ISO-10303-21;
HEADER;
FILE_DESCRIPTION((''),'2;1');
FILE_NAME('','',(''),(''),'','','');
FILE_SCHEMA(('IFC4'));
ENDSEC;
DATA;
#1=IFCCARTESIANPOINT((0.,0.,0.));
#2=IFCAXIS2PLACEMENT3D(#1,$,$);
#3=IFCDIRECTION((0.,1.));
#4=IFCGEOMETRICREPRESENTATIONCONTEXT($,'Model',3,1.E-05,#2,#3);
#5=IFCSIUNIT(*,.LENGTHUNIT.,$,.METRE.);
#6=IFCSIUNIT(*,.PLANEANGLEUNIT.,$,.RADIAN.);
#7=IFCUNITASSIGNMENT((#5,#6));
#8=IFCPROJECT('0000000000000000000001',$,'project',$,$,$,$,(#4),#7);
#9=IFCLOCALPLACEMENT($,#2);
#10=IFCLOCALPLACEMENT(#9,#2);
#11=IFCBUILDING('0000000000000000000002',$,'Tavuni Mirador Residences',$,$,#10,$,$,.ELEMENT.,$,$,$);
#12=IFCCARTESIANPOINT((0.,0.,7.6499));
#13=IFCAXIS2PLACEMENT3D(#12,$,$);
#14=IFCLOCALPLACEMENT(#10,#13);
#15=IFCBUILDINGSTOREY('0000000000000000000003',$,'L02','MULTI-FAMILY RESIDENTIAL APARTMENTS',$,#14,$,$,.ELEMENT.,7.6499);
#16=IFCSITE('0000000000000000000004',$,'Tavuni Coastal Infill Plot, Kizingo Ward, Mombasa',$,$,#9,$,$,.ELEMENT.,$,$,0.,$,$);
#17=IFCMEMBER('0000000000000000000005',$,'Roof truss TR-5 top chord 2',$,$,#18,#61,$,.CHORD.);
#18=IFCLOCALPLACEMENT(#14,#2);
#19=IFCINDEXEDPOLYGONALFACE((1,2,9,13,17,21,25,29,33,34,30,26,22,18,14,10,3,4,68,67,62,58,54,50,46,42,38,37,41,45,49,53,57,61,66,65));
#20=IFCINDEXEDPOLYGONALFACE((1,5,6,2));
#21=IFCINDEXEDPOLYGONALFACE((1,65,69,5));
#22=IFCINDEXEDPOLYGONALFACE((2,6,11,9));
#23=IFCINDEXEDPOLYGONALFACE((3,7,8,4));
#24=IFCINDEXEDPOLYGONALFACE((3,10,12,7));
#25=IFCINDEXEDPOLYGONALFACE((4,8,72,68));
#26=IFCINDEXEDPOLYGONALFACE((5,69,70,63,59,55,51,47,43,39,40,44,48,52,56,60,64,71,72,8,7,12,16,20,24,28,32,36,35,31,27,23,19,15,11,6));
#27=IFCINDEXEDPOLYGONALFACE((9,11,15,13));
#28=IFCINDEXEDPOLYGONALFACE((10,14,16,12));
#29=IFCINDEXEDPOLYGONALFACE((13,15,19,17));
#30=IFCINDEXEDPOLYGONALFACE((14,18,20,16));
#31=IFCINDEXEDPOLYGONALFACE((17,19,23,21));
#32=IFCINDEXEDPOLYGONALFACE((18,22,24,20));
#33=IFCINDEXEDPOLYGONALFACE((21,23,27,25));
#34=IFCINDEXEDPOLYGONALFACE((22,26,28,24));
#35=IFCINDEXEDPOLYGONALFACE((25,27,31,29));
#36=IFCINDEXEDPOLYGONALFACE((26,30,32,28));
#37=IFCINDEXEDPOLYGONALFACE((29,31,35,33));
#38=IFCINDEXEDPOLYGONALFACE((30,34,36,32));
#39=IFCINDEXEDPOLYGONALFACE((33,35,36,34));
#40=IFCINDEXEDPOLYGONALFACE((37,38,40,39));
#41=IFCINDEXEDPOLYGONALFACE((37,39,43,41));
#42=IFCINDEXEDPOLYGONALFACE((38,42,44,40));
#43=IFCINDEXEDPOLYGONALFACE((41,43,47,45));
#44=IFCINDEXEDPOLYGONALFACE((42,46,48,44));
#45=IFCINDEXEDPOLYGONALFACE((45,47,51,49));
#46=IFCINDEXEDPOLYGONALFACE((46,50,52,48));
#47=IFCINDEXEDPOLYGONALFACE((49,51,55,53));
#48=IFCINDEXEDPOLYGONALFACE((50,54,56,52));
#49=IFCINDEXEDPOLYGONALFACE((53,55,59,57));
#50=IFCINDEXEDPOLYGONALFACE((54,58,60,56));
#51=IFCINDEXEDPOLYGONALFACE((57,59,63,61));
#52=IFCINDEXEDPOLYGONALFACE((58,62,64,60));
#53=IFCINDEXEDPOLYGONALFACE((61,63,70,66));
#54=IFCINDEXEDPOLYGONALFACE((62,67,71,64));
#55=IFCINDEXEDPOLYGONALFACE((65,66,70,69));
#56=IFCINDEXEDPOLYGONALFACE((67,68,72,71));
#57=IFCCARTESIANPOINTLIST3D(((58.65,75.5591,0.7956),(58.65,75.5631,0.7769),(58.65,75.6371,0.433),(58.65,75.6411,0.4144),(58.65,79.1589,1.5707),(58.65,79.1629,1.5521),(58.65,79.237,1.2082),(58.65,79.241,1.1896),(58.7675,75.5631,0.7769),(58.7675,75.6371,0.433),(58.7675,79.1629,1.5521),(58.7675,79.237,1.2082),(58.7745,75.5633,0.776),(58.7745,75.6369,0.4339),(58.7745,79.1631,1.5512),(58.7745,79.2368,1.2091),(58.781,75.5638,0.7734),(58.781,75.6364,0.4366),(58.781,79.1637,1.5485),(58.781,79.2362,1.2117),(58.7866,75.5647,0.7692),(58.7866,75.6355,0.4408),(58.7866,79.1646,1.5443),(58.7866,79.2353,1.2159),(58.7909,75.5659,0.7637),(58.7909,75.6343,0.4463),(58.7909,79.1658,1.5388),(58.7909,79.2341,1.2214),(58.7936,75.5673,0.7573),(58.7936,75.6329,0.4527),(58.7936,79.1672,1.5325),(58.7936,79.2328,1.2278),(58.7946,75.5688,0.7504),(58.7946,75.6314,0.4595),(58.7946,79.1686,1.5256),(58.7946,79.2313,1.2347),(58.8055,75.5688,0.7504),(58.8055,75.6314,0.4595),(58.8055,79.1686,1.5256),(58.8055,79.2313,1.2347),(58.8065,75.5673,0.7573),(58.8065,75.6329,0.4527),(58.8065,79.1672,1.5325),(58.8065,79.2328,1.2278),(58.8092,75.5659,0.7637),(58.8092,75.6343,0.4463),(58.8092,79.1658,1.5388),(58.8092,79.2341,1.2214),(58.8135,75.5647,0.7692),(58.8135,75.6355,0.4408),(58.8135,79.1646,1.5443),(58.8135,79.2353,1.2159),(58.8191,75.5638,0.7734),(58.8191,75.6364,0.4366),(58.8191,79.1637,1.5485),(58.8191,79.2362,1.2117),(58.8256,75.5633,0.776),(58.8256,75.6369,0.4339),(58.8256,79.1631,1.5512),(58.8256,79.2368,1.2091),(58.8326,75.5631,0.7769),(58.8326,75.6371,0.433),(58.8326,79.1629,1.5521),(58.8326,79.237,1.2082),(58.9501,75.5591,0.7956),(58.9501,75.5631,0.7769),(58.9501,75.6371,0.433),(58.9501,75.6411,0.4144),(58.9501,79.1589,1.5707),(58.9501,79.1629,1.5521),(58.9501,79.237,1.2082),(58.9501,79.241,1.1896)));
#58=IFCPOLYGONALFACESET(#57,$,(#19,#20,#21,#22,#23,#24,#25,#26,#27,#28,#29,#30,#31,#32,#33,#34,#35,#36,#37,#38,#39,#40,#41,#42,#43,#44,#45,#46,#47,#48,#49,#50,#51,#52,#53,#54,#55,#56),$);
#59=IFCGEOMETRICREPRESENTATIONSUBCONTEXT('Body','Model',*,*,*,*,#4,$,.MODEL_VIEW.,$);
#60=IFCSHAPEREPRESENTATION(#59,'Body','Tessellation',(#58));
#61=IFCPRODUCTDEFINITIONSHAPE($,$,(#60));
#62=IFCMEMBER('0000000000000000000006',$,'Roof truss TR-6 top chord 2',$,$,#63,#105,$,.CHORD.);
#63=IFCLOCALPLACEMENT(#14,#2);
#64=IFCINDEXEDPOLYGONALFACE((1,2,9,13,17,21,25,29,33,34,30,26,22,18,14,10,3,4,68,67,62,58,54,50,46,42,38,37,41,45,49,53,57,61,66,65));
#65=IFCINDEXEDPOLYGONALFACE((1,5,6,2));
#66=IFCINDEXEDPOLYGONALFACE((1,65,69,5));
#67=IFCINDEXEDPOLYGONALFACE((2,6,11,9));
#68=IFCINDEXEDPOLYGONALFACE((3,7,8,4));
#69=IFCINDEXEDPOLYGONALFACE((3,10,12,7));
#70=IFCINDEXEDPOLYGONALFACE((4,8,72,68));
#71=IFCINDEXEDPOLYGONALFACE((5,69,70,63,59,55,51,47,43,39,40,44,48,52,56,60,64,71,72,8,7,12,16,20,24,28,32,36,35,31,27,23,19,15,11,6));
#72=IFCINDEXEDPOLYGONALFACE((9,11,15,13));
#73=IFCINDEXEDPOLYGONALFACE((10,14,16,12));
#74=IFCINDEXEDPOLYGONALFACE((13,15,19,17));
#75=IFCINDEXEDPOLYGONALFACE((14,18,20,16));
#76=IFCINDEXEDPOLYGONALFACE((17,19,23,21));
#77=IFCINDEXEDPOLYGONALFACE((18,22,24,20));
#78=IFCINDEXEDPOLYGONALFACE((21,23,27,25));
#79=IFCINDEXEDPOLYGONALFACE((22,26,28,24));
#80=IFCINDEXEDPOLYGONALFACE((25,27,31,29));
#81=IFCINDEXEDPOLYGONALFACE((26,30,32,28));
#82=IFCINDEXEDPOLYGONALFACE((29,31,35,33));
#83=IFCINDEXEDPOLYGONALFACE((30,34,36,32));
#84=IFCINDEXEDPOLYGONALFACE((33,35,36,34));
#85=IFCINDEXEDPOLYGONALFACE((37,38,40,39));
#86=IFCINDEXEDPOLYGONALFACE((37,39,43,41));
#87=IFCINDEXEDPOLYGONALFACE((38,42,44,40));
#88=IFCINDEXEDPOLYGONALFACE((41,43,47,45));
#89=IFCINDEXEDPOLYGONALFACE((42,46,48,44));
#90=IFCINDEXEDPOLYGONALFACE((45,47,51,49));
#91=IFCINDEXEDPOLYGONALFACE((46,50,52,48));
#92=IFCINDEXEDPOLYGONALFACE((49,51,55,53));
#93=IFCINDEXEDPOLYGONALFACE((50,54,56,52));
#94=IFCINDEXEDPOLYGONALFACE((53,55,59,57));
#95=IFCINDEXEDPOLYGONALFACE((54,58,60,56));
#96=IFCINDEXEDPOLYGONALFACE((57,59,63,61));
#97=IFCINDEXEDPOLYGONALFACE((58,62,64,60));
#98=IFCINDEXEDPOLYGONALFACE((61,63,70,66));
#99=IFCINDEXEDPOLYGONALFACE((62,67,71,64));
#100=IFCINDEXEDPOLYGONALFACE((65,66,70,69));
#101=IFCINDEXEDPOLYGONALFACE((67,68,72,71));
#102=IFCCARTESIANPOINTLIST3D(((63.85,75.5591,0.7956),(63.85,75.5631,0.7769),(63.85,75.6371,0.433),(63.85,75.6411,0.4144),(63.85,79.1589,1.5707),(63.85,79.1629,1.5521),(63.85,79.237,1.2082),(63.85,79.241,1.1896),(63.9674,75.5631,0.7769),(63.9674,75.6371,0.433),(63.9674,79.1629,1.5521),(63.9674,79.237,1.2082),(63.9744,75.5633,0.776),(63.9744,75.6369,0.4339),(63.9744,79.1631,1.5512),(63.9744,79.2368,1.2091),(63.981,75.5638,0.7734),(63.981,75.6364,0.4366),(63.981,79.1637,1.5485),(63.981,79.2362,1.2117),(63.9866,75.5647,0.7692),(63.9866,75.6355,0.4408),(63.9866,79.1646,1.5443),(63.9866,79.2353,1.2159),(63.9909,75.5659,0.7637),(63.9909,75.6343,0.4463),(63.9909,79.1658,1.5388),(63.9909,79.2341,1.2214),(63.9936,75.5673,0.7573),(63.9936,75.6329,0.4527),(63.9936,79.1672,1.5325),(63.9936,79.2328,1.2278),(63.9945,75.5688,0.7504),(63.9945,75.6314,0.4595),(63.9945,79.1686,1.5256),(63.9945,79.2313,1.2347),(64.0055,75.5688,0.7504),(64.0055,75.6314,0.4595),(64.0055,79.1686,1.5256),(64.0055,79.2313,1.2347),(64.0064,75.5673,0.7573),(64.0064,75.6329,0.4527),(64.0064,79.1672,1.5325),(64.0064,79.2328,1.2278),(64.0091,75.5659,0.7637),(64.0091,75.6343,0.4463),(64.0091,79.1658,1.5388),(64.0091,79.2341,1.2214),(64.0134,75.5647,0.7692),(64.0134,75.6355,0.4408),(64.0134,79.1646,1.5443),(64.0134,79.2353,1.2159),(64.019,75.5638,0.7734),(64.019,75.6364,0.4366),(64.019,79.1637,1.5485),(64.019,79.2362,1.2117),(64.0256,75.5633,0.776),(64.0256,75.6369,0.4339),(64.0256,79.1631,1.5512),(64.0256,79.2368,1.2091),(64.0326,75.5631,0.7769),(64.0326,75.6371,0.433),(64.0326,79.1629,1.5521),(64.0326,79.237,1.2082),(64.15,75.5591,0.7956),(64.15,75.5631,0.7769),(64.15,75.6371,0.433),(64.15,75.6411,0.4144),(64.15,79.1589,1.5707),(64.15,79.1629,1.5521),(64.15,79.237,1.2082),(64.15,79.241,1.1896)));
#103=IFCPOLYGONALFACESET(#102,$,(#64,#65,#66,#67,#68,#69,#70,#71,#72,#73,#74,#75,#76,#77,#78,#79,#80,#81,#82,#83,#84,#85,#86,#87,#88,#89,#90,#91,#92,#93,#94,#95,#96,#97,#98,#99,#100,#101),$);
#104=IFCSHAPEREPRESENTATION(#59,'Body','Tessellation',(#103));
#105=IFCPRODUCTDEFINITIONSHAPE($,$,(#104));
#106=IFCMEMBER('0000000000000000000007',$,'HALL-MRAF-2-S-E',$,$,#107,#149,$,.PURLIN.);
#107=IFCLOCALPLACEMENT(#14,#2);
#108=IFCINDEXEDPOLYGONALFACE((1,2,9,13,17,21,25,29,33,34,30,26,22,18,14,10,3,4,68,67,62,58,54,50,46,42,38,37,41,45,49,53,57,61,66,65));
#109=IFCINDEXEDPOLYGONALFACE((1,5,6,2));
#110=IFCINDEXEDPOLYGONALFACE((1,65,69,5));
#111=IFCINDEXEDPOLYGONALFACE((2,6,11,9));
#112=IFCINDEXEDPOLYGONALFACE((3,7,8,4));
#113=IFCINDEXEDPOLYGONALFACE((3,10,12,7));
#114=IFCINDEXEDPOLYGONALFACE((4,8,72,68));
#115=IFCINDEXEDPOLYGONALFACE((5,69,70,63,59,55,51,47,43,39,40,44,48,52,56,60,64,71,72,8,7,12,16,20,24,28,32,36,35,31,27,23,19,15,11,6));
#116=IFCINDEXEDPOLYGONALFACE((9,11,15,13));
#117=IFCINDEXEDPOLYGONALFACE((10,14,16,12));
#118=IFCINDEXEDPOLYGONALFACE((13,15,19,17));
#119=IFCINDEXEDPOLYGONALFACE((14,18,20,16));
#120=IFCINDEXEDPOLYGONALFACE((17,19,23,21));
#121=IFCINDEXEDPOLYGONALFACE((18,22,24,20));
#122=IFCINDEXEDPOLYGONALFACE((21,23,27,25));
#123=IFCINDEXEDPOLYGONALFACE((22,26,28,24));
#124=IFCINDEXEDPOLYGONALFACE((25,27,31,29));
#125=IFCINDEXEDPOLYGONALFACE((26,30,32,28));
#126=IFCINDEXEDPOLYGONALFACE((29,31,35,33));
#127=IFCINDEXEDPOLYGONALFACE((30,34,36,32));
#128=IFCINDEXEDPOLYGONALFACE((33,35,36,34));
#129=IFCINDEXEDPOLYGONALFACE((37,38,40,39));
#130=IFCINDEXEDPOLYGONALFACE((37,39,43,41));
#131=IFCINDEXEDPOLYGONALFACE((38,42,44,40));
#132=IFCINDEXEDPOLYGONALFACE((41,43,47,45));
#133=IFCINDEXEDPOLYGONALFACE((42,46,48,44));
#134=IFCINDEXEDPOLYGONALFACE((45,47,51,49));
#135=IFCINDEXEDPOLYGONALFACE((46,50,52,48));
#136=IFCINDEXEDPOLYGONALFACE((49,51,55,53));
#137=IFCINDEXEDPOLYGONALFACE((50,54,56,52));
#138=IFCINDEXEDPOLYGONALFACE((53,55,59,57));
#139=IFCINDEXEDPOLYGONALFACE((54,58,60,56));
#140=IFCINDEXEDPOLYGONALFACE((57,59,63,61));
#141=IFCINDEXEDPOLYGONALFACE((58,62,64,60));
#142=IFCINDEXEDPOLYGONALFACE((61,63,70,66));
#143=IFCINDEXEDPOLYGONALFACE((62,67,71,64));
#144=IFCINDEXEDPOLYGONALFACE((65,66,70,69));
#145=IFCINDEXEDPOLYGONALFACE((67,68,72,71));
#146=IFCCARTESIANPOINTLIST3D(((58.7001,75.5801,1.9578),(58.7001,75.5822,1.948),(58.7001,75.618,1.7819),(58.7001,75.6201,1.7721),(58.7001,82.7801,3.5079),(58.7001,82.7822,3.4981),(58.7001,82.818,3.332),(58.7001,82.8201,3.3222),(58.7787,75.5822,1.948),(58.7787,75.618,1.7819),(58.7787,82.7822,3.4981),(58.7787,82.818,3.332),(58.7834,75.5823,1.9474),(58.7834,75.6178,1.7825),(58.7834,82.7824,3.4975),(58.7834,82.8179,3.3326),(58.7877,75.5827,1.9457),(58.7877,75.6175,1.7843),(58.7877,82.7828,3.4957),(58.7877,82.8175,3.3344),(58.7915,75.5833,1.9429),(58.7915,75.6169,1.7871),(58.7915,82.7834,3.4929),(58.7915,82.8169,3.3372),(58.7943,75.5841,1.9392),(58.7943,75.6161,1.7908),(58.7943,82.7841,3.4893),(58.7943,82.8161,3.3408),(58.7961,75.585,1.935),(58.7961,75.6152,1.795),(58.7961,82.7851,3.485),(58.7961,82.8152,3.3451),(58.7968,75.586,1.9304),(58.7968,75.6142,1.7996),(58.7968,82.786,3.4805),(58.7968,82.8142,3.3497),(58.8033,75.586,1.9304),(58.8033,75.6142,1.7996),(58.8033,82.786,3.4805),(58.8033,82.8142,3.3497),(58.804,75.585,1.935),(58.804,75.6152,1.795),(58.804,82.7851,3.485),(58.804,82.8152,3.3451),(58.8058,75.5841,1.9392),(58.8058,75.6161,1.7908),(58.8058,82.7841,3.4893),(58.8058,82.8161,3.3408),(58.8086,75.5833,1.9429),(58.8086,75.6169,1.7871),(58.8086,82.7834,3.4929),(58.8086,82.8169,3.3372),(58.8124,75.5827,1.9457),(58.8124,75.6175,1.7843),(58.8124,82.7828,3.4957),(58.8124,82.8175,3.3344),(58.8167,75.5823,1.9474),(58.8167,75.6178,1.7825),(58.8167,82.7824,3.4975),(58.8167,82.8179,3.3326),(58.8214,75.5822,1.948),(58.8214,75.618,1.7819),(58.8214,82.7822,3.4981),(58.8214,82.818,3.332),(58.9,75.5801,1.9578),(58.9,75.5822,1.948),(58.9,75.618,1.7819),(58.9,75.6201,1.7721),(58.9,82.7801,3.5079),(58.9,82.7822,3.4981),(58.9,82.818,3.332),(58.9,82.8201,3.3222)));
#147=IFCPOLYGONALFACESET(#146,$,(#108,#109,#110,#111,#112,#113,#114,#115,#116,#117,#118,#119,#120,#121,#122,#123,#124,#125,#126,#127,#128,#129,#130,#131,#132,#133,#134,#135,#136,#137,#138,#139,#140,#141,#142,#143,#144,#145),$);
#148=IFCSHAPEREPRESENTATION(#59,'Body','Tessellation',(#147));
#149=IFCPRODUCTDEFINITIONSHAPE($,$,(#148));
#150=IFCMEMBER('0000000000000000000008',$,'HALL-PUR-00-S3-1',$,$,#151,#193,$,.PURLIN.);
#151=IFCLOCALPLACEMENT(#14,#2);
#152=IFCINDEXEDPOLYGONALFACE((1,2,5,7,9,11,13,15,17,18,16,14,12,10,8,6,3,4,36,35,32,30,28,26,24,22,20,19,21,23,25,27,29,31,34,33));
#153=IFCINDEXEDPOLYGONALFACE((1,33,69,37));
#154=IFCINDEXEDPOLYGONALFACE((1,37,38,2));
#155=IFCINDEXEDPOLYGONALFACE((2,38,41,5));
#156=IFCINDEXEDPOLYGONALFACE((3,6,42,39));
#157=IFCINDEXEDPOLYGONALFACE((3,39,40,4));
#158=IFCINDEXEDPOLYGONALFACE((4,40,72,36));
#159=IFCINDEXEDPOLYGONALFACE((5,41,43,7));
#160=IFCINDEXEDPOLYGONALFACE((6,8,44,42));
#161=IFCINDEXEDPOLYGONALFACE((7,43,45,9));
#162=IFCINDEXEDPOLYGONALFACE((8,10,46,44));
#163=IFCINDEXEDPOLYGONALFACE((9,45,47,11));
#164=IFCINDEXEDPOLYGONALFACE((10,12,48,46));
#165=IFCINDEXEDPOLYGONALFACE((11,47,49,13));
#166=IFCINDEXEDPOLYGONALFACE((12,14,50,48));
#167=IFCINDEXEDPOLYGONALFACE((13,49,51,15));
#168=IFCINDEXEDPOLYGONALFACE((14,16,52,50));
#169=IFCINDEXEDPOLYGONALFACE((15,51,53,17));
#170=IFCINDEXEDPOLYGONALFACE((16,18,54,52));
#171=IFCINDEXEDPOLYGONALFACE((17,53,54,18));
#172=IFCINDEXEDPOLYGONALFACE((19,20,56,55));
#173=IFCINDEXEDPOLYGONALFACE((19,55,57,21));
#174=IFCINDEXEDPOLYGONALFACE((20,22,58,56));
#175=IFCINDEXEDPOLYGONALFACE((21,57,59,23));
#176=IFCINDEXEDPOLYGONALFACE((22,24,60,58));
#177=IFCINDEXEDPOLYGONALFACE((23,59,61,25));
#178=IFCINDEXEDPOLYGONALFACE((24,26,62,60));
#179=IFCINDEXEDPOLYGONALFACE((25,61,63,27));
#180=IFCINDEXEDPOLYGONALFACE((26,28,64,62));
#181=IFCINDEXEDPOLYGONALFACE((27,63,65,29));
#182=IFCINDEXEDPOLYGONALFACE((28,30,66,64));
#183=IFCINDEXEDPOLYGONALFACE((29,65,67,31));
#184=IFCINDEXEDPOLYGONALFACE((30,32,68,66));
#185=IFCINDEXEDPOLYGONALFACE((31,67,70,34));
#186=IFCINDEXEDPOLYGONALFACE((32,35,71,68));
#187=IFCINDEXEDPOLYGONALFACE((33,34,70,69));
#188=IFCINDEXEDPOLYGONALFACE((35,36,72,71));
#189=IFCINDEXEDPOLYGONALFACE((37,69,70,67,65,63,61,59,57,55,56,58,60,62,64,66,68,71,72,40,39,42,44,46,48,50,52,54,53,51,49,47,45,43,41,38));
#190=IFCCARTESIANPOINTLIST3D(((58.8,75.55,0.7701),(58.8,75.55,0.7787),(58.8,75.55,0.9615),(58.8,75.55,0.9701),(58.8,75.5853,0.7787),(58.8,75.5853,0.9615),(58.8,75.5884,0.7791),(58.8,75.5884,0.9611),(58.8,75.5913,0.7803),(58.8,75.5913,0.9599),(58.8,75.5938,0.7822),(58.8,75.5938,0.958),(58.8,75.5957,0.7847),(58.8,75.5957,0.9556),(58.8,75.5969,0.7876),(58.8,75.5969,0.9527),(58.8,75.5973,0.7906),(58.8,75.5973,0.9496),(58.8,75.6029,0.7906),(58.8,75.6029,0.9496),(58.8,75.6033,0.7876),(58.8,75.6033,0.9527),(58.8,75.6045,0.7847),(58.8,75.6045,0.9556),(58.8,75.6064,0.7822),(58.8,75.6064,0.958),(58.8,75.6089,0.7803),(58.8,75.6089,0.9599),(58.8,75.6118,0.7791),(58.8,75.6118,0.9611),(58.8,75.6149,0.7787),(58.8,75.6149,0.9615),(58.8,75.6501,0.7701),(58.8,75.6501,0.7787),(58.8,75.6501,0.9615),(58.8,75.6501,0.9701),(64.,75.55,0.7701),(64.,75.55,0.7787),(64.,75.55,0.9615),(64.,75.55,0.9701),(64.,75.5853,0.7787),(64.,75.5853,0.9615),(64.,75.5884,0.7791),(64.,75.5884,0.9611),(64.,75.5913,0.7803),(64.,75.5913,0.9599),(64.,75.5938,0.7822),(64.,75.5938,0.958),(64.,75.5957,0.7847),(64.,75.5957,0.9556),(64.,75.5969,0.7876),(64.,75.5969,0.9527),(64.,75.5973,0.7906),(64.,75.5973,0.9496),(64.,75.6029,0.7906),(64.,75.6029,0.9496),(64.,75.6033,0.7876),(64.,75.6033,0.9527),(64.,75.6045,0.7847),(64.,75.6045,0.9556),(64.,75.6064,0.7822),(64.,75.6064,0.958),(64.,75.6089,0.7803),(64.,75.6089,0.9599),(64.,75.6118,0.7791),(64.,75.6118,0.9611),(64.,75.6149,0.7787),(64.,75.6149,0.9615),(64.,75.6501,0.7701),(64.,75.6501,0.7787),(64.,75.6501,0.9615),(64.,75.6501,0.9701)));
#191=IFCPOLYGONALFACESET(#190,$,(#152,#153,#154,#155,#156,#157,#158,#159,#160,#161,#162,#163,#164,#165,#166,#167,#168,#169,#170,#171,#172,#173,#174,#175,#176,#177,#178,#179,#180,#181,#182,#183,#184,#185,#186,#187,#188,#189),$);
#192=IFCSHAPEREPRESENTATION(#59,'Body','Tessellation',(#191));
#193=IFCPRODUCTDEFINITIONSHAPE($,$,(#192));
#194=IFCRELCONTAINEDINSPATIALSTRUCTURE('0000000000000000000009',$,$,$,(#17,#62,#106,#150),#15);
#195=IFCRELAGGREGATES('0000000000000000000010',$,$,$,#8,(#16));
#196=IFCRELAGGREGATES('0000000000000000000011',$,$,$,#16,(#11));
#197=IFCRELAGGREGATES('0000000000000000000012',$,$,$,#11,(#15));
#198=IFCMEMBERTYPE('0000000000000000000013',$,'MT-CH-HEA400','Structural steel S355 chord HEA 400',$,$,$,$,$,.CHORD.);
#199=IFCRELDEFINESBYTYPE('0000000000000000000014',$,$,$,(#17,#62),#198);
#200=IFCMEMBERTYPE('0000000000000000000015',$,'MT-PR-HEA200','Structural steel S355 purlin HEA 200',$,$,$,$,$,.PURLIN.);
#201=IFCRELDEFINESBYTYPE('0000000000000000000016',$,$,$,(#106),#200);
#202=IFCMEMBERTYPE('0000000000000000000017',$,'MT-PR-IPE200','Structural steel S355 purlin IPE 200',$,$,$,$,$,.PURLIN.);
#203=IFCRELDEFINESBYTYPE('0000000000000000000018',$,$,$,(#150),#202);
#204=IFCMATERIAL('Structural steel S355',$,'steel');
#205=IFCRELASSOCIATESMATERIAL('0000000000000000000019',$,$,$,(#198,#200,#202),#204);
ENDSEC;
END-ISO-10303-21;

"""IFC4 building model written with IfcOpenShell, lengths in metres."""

from ifc_helpers import new_model, si_unit, direction, frame, origin, origin_2d, place, context, subcontext, project, spatial, i_section, extrude, material, material_profile, profile_set, type_object, element, save


model = new_model("IFC4")

# Units and contexts
model_context = context("Model", 3, precision=1e-05, world=origin(), true_north=direction((0.0, 1.0)))
body_context = subcontext(model_context, "Body", "Model", "MODEL_VIEW")
ifc_project = project(units=[si_unit("LENGTHUNIT", "METRE"), si_unit("PLANEANGLEUNIT", "RADIAN")], contexts=[model_context])

# Site, building, storey
site_placement = place(None, origin())
site = spatial("IfcSite", under=ifc_project, at=site_placement, Name="Tavuni Coastal Infill Plot, Kizingo Ward, Mombasa", CompositionType="ELEMENT", RefElevation=0.0)
building_placement = place(site_placement, origin())
building = spatial("IfcBuilding", under=site, at=building_placement, Name="Tavuni Mirador Residences", CompositionType="ELEMENT")
storey_placement = place(building_placement, frame((0.0, 0.0, 7.6499)))
storey = spatial("IfcBuildingStorey", under=building, at=storey_placement, Name="L02", Description="MULTI-FAMILY RESIDENTIAL APARTMENTS", CompositionType="ELEMENT", Elevation=7.6499)

# Members
ifc_material_1 = material(Name="Structural steel S355", Category="steel")
ifc_material_profile_1 = material_profile(ifc_material_1, i_section(OverallWidth=0.3, OverallDepth=0.3899, WebThickness=0.011, FlangeThickness=0.019, FilletRadius=0.0271, at=origin_2d()), Name="HEA 400", Category="steel")
ifc_profile_set_1 = profile_set([ifc_material_profile_1], Name="Structural steel S355")
member_type_1 = type_object("IfcMemberType", Name="MT-CH-HEA400", Description="Structural steel S355 chord HEA 400", PredefinedType="CHORD", material=ifc_profile_set_1)
for number, where, z_axis, x_axis, name in (
    (1, (58.8, 75.6001, 0.605), (0.0, 0.977593, 0.210502), (-1.0, 0.0, 0.0), "Roof truss TR-5 top chord 2"),
    (2, (64.0, 75.6001, 0.605), (0.0, 0.977593, 0.210502), (-1.0, 0.0, 0.0), "Roof truss TR-6 top chord 2"),
):
    element("IfcMember", number, at=place(storey_placement, frame(where, z_axis=z_axis, x_axis=x_axis)), inside=storey, type_object=member_type_1, Name=name, PredefinedType="CHORD", context=body_context, shape_type="SweptSolid", body=[
        extrude(i_section(OverallWidth=0.3, OverallDepth=0.3899, WebThickness=0.011, FlangeThickness=0.019, FilletRadius=0.0271, at=origin_2d()), origin(), (0.0, 0.0, 1.0), 3.6824),
    ])
ifc_material_profile_2 = material_profile(ifc_material_1, i_section(OverallWidth=0.2, OverallDepth=0.1899, WebThickness=0.0066, FlangeThickness=0.01, FilletRadius=0.0181, at=origin_2d()), Name="HEA 200", Category="steel")
ifc_profile_set_2 = profile_set([ifc_material_profile_2], Name="Structural steel S355")
member_type_2 = type_object("IfcMemberType", Name="MT-PR-HEA200", Description="Structural steel S355 purlin HEA 200", PredefinedType="PURLIN", material=ifc_profile_set_2)
member_1_placement = place(storey_placement, frame((58.8, 75.6001, 1.865), z_axis=(0.0, 0.977602, 0.210464), x_axis=(-1.0, 0.0, 0.0)))
element("IfcMember", 3, at=member_1_placement, inside=storey, type_object=member_type_2, Name="HALL-MRAF-2-S-E", PredefinedType="PURLIN", context=body_context, shape_type="SweptSolid", body=[
    extrude(i_section(OverallWidth=0.2, OverallDepth=0.1899, WebThickness=0.0066, FlangeThickness=0.01, FilletRadius=0.0181, at=origin_2d()), origin(), (0.0, 0.0, 1.0), 7.365),
])
ifc_material_profile_3 = material_profile(ifc_material_1, i_section(OverallWidth=0.1001, OverallDepth=0.2, WebThickness=0.0056, FlangeThickness=0.0085, FilletRadius=0.012, at=origin_2d()), Name="IPE 200", Category="steel")
ifc_profile_set_3 = profile_set([ifc_material_profile_3], Name="Structural steel S355")
member_type_3 = type_object("IfcMemberType", Name="MT-PR-IPE200", Description="Structural steel S355 purlin IPE 200", PredefinedType="PURLIN", material=ifc_profile_set_3)
member_2_placement = place(storey_placement, frame((58.8, 75.6001, 0.8701), z_axis=(1.0, 0.0, 0.0), x_axis=(0.0, 1.0, 0.0)))
element("IfcMember", 4, at=member_2_placement, inside=storey, type_object=member_type_3, Name="HALL-PUR-00-S3-1", PredefinedType="PURLIN", context=body_context, shape_type="SweptSolid", body=[
    extrude(i_section(OverallWidth=0.1001, OverallDepth=0.2, WebThickness=0.0056, FlangeThickness=0.0085, FilletRadius=0.012, at=origin_2d()), origin(), (0.0, 0.0, 1.0), 5.2),
])

save(model, "model.ifc")
